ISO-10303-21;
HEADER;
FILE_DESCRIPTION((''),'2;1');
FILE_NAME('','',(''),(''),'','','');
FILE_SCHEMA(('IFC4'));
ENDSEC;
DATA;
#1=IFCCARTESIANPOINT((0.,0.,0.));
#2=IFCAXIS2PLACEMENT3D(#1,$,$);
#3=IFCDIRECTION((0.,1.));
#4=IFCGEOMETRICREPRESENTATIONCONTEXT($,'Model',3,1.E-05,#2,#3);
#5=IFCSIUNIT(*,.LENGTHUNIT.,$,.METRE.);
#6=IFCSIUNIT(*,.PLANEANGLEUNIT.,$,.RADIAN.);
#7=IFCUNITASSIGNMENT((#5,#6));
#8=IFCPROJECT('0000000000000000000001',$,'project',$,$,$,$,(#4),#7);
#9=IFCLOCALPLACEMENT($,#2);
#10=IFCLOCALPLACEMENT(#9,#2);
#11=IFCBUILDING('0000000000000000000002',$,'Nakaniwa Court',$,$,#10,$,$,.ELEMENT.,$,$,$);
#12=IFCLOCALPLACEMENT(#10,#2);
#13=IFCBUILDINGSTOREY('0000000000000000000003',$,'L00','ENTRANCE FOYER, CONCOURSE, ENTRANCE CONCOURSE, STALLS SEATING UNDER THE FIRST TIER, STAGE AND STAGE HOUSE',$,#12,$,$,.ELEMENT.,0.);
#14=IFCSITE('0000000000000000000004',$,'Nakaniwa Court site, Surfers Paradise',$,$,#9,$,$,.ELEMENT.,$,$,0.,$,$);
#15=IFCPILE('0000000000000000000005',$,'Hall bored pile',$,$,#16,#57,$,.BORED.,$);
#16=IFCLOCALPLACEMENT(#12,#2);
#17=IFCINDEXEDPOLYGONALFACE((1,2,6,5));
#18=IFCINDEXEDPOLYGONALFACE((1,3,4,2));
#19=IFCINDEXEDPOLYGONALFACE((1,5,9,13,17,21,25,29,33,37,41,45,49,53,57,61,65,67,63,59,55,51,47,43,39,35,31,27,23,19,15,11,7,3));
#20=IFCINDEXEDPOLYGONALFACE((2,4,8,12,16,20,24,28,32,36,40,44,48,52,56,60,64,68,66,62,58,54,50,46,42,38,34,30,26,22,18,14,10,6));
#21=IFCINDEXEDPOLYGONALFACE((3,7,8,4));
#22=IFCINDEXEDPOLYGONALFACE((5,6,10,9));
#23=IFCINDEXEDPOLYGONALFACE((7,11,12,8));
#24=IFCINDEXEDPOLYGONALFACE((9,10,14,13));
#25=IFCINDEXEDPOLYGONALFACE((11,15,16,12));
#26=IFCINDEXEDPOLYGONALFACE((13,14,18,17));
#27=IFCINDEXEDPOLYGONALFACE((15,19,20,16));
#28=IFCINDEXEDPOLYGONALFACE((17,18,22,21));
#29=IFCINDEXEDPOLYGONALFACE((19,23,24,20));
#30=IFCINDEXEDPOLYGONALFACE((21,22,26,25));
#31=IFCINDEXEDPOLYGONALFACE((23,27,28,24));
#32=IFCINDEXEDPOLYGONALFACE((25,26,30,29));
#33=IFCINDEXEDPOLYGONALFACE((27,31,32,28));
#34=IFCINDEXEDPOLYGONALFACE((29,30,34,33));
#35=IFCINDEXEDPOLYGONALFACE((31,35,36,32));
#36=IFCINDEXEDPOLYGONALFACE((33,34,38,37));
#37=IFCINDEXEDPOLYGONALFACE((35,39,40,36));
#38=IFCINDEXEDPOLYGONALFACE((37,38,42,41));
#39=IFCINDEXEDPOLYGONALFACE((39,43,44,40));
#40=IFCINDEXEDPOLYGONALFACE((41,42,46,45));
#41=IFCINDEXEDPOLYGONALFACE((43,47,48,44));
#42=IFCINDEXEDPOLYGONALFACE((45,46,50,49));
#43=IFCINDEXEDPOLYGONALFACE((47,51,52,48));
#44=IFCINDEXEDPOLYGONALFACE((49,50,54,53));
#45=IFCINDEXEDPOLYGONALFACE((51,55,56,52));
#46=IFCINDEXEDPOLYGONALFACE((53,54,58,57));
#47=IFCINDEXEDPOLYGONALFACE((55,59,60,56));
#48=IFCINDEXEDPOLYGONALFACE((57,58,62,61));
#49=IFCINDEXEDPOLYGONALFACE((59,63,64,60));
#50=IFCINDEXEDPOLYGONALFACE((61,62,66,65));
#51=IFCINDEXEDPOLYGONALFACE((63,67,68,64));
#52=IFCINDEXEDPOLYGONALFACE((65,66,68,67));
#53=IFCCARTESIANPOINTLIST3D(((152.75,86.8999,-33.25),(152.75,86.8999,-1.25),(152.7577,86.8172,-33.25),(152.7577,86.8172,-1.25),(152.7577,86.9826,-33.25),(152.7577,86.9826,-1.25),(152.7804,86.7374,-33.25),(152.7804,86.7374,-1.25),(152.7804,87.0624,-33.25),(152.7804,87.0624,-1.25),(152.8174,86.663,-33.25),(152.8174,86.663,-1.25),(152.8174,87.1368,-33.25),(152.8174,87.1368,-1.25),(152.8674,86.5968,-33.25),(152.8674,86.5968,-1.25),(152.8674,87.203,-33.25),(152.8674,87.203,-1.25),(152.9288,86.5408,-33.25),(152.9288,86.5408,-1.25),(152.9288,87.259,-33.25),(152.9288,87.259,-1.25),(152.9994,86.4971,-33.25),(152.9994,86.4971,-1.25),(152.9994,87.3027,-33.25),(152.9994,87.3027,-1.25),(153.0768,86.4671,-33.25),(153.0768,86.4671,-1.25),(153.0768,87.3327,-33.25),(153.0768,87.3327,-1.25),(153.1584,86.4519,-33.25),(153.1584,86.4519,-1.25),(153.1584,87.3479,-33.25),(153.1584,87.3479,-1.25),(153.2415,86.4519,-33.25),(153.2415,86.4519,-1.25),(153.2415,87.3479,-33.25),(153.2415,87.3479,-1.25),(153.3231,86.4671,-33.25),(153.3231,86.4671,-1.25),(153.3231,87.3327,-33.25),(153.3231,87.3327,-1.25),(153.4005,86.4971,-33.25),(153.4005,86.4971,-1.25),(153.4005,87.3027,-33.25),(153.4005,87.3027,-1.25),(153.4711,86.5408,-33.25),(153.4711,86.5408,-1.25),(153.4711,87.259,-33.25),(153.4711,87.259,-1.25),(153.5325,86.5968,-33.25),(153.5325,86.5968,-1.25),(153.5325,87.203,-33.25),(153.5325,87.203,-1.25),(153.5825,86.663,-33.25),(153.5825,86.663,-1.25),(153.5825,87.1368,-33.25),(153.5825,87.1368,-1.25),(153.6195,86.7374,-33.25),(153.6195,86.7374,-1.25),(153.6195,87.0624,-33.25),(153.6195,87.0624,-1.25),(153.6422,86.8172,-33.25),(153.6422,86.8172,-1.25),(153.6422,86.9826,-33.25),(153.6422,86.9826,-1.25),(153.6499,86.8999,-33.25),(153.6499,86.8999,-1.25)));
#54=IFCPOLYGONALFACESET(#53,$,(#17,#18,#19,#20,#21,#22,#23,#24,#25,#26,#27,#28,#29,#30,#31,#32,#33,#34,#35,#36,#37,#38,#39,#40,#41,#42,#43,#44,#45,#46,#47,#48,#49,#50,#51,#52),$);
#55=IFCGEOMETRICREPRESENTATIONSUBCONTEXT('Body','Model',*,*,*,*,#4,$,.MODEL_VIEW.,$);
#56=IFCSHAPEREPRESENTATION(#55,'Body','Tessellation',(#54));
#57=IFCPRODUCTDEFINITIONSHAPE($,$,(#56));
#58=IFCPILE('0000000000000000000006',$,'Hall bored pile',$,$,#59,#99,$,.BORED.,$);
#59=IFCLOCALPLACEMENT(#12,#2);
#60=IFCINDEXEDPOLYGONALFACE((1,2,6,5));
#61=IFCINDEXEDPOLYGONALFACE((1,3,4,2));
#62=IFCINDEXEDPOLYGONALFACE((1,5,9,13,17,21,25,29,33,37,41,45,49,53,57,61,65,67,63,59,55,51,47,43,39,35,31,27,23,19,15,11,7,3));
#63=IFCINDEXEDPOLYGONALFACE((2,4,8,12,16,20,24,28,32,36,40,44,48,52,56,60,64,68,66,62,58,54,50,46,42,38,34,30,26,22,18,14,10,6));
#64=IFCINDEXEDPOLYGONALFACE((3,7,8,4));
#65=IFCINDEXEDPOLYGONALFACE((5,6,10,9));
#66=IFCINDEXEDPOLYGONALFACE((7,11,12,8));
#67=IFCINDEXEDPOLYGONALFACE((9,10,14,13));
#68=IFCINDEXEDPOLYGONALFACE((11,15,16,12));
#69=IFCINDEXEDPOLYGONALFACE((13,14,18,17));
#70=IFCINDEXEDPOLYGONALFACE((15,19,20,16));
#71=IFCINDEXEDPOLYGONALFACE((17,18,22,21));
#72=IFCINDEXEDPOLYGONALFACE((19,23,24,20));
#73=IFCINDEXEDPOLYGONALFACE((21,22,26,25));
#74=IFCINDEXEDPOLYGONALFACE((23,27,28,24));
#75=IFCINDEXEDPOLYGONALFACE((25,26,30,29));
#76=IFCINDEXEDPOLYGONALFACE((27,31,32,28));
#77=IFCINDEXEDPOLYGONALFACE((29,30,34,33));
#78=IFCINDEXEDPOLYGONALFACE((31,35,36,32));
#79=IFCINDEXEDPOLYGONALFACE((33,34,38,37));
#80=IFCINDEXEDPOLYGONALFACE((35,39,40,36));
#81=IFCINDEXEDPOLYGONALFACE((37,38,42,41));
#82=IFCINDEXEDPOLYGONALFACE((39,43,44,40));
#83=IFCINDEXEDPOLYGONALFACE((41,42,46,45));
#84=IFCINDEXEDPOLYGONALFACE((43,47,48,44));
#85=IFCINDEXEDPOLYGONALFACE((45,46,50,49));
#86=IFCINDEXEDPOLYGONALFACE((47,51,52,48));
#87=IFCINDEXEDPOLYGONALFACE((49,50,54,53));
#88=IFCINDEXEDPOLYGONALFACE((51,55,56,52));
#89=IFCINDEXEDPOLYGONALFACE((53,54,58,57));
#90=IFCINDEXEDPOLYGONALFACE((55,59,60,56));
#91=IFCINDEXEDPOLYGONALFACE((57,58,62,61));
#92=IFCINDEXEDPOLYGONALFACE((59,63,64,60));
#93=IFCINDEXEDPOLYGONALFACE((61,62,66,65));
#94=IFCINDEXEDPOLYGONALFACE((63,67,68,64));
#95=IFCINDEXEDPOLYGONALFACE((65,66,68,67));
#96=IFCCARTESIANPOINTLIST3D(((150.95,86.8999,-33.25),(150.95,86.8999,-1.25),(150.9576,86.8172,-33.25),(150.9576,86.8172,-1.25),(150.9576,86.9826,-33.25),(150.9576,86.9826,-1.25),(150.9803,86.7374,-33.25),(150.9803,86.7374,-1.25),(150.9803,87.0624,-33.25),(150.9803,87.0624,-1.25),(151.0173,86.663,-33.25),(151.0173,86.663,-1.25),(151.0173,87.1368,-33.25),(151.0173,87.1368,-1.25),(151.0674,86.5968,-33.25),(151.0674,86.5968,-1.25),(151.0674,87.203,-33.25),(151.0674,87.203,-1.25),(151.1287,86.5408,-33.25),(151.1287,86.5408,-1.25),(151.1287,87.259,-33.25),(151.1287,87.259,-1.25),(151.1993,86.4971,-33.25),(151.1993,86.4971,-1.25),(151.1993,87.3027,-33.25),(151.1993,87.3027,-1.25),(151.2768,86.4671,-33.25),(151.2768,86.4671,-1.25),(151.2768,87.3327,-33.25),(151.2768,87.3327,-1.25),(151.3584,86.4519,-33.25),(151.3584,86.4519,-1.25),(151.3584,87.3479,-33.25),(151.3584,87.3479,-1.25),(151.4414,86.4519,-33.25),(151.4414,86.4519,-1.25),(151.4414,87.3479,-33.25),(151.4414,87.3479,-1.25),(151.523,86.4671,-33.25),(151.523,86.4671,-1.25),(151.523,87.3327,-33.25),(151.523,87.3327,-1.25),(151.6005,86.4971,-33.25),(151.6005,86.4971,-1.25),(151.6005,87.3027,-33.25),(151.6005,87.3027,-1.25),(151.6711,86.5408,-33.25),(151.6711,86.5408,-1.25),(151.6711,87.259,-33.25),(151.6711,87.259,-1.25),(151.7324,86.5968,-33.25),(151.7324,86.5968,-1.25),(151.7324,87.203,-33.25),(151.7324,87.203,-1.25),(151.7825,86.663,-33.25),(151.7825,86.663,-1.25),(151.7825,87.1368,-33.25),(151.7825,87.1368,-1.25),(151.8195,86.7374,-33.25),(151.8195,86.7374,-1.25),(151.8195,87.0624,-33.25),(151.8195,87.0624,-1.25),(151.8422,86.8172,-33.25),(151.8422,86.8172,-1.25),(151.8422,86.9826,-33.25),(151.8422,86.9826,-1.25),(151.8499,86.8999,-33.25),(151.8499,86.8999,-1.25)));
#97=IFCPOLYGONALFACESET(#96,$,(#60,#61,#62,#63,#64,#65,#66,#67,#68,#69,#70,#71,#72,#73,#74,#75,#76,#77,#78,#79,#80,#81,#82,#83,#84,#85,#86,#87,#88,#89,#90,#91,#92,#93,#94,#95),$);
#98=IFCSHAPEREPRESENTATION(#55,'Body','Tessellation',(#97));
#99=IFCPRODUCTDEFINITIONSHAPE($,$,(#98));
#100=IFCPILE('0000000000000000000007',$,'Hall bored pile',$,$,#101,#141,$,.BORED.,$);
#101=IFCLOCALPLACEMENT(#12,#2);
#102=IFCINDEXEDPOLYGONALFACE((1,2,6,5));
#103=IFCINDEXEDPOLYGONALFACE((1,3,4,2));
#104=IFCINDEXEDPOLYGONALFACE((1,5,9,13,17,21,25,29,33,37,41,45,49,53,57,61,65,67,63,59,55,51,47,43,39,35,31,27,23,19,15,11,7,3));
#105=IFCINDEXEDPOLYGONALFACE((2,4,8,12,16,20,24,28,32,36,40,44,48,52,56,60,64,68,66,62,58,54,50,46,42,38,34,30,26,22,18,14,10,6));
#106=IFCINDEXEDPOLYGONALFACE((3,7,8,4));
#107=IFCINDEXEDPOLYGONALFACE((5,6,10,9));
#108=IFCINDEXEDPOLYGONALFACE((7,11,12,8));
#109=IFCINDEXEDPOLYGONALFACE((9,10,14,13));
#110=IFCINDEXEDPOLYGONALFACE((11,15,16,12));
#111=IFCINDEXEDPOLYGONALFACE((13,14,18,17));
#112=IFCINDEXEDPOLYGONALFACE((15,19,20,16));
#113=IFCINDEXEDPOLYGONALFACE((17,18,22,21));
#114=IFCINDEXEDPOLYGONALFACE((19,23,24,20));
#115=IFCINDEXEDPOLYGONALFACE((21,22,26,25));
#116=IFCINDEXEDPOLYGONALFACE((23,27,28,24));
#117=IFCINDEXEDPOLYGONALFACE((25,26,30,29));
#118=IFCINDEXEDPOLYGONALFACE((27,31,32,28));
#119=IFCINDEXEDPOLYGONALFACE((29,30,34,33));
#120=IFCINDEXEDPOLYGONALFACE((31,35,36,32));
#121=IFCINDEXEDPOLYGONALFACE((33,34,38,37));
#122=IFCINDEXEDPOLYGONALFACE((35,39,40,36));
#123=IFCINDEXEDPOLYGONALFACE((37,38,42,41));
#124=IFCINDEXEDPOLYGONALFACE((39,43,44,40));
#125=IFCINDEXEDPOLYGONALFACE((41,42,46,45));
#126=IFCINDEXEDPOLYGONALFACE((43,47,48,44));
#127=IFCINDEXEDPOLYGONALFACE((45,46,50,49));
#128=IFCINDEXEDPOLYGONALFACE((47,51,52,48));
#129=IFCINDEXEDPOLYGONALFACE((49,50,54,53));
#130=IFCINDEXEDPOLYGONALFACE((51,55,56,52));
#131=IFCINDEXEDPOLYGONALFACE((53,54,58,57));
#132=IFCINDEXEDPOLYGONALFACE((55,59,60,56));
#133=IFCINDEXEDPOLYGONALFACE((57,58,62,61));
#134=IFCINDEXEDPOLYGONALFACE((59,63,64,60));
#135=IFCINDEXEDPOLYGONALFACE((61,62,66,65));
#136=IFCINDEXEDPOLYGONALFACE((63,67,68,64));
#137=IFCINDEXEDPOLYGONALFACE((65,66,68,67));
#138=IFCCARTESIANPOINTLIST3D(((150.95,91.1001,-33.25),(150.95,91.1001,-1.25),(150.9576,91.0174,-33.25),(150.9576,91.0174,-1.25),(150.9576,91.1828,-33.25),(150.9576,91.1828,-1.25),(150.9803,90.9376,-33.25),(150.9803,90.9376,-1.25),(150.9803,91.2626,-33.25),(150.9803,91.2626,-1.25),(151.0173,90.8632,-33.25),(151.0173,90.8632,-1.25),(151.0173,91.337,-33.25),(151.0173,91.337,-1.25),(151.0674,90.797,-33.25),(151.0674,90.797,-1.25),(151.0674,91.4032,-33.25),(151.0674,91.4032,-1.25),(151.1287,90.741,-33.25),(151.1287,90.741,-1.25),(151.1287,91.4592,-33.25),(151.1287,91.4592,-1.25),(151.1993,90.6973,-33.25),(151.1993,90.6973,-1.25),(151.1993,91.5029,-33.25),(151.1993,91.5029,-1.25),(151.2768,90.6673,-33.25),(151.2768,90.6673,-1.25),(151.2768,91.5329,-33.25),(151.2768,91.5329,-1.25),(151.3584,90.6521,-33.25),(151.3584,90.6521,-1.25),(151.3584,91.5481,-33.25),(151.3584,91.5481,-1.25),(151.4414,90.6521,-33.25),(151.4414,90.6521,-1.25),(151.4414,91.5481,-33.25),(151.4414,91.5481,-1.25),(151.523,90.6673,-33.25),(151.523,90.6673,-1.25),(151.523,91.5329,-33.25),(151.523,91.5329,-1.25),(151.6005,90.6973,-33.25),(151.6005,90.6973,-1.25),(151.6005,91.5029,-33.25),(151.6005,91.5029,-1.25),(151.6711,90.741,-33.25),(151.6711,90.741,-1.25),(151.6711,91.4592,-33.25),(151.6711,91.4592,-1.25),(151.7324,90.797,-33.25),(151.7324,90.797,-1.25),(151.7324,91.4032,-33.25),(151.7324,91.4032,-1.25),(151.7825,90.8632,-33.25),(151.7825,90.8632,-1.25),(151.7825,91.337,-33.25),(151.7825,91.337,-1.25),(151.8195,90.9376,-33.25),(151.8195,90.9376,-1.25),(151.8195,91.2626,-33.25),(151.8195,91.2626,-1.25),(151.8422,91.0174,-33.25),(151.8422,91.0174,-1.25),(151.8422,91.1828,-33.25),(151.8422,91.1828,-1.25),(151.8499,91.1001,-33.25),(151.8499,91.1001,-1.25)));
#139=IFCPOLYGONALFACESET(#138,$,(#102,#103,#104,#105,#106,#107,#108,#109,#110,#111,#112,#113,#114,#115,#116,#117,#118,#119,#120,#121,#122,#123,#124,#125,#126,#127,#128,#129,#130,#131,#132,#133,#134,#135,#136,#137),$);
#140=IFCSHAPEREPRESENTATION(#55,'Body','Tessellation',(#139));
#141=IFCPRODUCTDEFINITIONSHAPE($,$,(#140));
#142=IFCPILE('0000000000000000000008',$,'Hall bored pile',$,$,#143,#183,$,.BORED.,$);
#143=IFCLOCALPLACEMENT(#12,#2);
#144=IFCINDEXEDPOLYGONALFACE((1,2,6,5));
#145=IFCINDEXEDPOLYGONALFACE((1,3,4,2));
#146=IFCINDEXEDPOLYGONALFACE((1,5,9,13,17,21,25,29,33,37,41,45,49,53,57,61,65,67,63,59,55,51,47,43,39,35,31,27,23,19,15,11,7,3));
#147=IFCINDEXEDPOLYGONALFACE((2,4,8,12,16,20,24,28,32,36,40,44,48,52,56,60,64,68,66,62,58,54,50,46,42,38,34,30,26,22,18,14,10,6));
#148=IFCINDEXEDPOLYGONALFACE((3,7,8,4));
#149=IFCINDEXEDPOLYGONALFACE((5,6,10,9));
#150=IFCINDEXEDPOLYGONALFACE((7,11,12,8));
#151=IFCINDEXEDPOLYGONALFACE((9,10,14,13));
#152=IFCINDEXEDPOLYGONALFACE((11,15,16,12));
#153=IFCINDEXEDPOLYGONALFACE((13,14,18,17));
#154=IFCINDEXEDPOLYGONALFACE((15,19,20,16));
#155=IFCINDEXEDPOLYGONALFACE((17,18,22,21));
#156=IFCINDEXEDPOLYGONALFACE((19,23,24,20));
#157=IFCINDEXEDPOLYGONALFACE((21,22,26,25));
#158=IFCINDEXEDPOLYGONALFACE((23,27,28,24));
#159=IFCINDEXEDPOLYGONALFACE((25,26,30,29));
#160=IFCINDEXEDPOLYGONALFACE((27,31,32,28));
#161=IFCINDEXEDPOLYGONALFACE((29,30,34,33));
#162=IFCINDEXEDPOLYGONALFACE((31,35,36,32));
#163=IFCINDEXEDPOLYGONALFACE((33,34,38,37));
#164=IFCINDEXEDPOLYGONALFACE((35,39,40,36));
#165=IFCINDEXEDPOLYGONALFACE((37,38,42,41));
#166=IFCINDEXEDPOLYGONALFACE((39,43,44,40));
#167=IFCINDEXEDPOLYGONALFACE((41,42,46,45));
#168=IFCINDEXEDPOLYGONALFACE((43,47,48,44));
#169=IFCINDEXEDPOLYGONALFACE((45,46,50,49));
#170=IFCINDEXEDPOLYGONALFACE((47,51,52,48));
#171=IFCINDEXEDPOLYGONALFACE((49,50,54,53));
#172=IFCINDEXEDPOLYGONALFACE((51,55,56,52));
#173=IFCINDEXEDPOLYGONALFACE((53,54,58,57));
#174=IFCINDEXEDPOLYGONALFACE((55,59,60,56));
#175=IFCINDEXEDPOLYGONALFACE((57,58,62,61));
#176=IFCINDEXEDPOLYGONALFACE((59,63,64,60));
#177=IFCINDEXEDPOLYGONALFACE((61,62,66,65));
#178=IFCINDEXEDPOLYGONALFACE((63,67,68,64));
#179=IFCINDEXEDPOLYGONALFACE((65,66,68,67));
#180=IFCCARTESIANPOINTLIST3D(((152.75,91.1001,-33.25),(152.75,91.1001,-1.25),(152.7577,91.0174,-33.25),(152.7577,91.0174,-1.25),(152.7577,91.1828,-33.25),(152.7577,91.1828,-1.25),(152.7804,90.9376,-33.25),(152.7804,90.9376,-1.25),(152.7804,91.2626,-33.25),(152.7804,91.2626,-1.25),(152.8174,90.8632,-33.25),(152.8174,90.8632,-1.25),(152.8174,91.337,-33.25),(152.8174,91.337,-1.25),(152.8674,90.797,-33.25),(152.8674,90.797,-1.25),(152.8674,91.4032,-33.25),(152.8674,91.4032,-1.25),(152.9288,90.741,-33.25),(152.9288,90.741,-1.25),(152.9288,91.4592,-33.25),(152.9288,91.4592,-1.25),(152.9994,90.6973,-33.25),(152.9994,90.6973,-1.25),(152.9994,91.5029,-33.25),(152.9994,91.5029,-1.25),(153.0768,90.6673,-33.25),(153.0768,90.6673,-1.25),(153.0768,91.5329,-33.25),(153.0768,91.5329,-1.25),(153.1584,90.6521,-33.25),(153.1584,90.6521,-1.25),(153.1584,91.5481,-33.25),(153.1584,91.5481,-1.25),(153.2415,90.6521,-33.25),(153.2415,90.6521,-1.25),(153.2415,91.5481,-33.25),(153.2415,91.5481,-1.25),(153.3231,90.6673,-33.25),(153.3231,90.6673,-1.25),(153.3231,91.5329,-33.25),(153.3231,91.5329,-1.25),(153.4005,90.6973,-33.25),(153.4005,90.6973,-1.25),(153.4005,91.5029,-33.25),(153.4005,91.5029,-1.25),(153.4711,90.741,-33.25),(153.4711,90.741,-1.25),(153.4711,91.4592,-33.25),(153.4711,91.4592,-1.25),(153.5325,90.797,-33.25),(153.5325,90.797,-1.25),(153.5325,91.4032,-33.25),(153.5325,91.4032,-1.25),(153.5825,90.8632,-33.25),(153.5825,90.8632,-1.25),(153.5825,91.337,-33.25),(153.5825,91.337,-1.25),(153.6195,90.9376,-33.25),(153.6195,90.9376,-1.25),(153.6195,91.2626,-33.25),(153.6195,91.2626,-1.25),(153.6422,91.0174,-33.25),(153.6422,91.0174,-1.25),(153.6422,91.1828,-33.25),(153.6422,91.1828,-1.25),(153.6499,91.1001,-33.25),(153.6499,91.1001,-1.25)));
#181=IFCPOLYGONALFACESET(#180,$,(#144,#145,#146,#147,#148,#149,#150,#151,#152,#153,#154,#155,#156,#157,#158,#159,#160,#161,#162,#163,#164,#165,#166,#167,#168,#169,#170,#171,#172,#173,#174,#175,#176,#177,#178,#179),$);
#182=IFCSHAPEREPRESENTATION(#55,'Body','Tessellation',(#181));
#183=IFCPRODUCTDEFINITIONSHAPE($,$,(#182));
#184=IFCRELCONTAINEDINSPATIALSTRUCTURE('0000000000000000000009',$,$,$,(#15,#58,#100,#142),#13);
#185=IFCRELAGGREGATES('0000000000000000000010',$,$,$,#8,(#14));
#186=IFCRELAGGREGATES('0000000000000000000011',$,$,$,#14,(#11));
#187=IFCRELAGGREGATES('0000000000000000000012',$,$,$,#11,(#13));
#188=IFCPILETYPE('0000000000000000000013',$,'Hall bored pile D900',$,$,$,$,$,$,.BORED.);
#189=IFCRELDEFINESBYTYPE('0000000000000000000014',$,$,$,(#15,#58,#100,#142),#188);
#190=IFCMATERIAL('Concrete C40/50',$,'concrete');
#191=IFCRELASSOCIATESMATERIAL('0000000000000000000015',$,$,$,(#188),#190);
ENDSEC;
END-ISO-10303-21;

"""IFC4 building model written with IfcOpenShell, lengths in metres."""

from ifc_helpers import new_model, si_unit, direction, frame, origin, origin_2d, place, context, subcontext, project, spatial, circle, extrude, material, material_profile, profile_set, type_object, element, save


model = new_model("IFC4")

# Units and contexts
model_context = context("Model", 3, precision=1e-05, world=origin(), true_north=direction((0.0, 1.0)))
body_context = subcontext(model_context, "Body", "Model", "MODEL_VIEW")
ifc_project = project(units=[si_unit("LENGTHUNIT", "METRE"), si_unit("PLANEANGLEUNIT", "RADIAN")], contexts=[model_context])

# Site, building, storey
site_placement = place(None, origin())
site = spatial("IfcSite", under=ifc_project, at=site_placement, Name="Nakaniwa Court site, Surfers Paradise", CompositionType="ELEMENT", RefElevation=0.0)
building_placement = place(site_placement, origin())
building = spatial("IfcBuilding", under=site, at=building_placement, Name="Nakaniwa Court", CompositionType="ELEMENT")
storey_placement = place(building_placement, origin())
storey = spatial("IfcBuildingStorey", under=building, at=storey_placement, Name="L00", Description="ENTRANCE FOYER, CONCOURSE, ENTRANCE CONCOURSE, STALLS SEATING UNDER THE FIRST TIER, STAGE AND STAGE HOUSE", CompositionType="ELEMENT", Elevation=0.0)

# Piles
ifc_material_1 = material(Name="Concrete C40/50", Category="concrete")
ifc_material_profile_1 = material_profile(ifc_material_1, circle(Radius=0.45, at=origin_2d()), Name="Bored pile D900")
ifc_profile_set_1 = profile_set([ifc_material_profile_1], Name="Concrete C40/50")
pile_type = type_object("IfcPileType", Name="Hall bored pile D900", PredefinedType="BORED", material=ifc_profile_set_1)
for number, where, z_axis, x_axis, name in (
    (1, (153.2, 86.8999, -1.25), (0.0, 0.0, -1.0), (1.0, 0.0, 0.0), "Hall bored pile"),
    (2, (151.3999, 86.8999, -1.25), (0.0, 0.0, -1.0), (1.0, 0.0, 0.0), "Hall bored pile"),
    (3, (151.3999, 91.1001, -1.25), (0.0, 0.0, -1.0), (1.0, 0.0, 0.0), "Hall bored pile"),
    (4, (153.2, 91.1001, -1.25), (0.0, 0.0, -1.0), (1.0, 0.0, 0.0), "Hall bored pile"),
):
    element("IfcPile", number, at=place(storey_placement, frame(where, z_axis=z_axis, x_axis=x_axis)), inside=storey, type_object=pile_type, Name=name, PredefinedType="BORED", context=body_context, shape_type="SweptSolid", body=[
        extrude(circle(Radius=0.45, at=origin_2d()), origin(), (0.0, 0.0, 1.0), 32.0),
    ])

save(model, "model.ifc")
